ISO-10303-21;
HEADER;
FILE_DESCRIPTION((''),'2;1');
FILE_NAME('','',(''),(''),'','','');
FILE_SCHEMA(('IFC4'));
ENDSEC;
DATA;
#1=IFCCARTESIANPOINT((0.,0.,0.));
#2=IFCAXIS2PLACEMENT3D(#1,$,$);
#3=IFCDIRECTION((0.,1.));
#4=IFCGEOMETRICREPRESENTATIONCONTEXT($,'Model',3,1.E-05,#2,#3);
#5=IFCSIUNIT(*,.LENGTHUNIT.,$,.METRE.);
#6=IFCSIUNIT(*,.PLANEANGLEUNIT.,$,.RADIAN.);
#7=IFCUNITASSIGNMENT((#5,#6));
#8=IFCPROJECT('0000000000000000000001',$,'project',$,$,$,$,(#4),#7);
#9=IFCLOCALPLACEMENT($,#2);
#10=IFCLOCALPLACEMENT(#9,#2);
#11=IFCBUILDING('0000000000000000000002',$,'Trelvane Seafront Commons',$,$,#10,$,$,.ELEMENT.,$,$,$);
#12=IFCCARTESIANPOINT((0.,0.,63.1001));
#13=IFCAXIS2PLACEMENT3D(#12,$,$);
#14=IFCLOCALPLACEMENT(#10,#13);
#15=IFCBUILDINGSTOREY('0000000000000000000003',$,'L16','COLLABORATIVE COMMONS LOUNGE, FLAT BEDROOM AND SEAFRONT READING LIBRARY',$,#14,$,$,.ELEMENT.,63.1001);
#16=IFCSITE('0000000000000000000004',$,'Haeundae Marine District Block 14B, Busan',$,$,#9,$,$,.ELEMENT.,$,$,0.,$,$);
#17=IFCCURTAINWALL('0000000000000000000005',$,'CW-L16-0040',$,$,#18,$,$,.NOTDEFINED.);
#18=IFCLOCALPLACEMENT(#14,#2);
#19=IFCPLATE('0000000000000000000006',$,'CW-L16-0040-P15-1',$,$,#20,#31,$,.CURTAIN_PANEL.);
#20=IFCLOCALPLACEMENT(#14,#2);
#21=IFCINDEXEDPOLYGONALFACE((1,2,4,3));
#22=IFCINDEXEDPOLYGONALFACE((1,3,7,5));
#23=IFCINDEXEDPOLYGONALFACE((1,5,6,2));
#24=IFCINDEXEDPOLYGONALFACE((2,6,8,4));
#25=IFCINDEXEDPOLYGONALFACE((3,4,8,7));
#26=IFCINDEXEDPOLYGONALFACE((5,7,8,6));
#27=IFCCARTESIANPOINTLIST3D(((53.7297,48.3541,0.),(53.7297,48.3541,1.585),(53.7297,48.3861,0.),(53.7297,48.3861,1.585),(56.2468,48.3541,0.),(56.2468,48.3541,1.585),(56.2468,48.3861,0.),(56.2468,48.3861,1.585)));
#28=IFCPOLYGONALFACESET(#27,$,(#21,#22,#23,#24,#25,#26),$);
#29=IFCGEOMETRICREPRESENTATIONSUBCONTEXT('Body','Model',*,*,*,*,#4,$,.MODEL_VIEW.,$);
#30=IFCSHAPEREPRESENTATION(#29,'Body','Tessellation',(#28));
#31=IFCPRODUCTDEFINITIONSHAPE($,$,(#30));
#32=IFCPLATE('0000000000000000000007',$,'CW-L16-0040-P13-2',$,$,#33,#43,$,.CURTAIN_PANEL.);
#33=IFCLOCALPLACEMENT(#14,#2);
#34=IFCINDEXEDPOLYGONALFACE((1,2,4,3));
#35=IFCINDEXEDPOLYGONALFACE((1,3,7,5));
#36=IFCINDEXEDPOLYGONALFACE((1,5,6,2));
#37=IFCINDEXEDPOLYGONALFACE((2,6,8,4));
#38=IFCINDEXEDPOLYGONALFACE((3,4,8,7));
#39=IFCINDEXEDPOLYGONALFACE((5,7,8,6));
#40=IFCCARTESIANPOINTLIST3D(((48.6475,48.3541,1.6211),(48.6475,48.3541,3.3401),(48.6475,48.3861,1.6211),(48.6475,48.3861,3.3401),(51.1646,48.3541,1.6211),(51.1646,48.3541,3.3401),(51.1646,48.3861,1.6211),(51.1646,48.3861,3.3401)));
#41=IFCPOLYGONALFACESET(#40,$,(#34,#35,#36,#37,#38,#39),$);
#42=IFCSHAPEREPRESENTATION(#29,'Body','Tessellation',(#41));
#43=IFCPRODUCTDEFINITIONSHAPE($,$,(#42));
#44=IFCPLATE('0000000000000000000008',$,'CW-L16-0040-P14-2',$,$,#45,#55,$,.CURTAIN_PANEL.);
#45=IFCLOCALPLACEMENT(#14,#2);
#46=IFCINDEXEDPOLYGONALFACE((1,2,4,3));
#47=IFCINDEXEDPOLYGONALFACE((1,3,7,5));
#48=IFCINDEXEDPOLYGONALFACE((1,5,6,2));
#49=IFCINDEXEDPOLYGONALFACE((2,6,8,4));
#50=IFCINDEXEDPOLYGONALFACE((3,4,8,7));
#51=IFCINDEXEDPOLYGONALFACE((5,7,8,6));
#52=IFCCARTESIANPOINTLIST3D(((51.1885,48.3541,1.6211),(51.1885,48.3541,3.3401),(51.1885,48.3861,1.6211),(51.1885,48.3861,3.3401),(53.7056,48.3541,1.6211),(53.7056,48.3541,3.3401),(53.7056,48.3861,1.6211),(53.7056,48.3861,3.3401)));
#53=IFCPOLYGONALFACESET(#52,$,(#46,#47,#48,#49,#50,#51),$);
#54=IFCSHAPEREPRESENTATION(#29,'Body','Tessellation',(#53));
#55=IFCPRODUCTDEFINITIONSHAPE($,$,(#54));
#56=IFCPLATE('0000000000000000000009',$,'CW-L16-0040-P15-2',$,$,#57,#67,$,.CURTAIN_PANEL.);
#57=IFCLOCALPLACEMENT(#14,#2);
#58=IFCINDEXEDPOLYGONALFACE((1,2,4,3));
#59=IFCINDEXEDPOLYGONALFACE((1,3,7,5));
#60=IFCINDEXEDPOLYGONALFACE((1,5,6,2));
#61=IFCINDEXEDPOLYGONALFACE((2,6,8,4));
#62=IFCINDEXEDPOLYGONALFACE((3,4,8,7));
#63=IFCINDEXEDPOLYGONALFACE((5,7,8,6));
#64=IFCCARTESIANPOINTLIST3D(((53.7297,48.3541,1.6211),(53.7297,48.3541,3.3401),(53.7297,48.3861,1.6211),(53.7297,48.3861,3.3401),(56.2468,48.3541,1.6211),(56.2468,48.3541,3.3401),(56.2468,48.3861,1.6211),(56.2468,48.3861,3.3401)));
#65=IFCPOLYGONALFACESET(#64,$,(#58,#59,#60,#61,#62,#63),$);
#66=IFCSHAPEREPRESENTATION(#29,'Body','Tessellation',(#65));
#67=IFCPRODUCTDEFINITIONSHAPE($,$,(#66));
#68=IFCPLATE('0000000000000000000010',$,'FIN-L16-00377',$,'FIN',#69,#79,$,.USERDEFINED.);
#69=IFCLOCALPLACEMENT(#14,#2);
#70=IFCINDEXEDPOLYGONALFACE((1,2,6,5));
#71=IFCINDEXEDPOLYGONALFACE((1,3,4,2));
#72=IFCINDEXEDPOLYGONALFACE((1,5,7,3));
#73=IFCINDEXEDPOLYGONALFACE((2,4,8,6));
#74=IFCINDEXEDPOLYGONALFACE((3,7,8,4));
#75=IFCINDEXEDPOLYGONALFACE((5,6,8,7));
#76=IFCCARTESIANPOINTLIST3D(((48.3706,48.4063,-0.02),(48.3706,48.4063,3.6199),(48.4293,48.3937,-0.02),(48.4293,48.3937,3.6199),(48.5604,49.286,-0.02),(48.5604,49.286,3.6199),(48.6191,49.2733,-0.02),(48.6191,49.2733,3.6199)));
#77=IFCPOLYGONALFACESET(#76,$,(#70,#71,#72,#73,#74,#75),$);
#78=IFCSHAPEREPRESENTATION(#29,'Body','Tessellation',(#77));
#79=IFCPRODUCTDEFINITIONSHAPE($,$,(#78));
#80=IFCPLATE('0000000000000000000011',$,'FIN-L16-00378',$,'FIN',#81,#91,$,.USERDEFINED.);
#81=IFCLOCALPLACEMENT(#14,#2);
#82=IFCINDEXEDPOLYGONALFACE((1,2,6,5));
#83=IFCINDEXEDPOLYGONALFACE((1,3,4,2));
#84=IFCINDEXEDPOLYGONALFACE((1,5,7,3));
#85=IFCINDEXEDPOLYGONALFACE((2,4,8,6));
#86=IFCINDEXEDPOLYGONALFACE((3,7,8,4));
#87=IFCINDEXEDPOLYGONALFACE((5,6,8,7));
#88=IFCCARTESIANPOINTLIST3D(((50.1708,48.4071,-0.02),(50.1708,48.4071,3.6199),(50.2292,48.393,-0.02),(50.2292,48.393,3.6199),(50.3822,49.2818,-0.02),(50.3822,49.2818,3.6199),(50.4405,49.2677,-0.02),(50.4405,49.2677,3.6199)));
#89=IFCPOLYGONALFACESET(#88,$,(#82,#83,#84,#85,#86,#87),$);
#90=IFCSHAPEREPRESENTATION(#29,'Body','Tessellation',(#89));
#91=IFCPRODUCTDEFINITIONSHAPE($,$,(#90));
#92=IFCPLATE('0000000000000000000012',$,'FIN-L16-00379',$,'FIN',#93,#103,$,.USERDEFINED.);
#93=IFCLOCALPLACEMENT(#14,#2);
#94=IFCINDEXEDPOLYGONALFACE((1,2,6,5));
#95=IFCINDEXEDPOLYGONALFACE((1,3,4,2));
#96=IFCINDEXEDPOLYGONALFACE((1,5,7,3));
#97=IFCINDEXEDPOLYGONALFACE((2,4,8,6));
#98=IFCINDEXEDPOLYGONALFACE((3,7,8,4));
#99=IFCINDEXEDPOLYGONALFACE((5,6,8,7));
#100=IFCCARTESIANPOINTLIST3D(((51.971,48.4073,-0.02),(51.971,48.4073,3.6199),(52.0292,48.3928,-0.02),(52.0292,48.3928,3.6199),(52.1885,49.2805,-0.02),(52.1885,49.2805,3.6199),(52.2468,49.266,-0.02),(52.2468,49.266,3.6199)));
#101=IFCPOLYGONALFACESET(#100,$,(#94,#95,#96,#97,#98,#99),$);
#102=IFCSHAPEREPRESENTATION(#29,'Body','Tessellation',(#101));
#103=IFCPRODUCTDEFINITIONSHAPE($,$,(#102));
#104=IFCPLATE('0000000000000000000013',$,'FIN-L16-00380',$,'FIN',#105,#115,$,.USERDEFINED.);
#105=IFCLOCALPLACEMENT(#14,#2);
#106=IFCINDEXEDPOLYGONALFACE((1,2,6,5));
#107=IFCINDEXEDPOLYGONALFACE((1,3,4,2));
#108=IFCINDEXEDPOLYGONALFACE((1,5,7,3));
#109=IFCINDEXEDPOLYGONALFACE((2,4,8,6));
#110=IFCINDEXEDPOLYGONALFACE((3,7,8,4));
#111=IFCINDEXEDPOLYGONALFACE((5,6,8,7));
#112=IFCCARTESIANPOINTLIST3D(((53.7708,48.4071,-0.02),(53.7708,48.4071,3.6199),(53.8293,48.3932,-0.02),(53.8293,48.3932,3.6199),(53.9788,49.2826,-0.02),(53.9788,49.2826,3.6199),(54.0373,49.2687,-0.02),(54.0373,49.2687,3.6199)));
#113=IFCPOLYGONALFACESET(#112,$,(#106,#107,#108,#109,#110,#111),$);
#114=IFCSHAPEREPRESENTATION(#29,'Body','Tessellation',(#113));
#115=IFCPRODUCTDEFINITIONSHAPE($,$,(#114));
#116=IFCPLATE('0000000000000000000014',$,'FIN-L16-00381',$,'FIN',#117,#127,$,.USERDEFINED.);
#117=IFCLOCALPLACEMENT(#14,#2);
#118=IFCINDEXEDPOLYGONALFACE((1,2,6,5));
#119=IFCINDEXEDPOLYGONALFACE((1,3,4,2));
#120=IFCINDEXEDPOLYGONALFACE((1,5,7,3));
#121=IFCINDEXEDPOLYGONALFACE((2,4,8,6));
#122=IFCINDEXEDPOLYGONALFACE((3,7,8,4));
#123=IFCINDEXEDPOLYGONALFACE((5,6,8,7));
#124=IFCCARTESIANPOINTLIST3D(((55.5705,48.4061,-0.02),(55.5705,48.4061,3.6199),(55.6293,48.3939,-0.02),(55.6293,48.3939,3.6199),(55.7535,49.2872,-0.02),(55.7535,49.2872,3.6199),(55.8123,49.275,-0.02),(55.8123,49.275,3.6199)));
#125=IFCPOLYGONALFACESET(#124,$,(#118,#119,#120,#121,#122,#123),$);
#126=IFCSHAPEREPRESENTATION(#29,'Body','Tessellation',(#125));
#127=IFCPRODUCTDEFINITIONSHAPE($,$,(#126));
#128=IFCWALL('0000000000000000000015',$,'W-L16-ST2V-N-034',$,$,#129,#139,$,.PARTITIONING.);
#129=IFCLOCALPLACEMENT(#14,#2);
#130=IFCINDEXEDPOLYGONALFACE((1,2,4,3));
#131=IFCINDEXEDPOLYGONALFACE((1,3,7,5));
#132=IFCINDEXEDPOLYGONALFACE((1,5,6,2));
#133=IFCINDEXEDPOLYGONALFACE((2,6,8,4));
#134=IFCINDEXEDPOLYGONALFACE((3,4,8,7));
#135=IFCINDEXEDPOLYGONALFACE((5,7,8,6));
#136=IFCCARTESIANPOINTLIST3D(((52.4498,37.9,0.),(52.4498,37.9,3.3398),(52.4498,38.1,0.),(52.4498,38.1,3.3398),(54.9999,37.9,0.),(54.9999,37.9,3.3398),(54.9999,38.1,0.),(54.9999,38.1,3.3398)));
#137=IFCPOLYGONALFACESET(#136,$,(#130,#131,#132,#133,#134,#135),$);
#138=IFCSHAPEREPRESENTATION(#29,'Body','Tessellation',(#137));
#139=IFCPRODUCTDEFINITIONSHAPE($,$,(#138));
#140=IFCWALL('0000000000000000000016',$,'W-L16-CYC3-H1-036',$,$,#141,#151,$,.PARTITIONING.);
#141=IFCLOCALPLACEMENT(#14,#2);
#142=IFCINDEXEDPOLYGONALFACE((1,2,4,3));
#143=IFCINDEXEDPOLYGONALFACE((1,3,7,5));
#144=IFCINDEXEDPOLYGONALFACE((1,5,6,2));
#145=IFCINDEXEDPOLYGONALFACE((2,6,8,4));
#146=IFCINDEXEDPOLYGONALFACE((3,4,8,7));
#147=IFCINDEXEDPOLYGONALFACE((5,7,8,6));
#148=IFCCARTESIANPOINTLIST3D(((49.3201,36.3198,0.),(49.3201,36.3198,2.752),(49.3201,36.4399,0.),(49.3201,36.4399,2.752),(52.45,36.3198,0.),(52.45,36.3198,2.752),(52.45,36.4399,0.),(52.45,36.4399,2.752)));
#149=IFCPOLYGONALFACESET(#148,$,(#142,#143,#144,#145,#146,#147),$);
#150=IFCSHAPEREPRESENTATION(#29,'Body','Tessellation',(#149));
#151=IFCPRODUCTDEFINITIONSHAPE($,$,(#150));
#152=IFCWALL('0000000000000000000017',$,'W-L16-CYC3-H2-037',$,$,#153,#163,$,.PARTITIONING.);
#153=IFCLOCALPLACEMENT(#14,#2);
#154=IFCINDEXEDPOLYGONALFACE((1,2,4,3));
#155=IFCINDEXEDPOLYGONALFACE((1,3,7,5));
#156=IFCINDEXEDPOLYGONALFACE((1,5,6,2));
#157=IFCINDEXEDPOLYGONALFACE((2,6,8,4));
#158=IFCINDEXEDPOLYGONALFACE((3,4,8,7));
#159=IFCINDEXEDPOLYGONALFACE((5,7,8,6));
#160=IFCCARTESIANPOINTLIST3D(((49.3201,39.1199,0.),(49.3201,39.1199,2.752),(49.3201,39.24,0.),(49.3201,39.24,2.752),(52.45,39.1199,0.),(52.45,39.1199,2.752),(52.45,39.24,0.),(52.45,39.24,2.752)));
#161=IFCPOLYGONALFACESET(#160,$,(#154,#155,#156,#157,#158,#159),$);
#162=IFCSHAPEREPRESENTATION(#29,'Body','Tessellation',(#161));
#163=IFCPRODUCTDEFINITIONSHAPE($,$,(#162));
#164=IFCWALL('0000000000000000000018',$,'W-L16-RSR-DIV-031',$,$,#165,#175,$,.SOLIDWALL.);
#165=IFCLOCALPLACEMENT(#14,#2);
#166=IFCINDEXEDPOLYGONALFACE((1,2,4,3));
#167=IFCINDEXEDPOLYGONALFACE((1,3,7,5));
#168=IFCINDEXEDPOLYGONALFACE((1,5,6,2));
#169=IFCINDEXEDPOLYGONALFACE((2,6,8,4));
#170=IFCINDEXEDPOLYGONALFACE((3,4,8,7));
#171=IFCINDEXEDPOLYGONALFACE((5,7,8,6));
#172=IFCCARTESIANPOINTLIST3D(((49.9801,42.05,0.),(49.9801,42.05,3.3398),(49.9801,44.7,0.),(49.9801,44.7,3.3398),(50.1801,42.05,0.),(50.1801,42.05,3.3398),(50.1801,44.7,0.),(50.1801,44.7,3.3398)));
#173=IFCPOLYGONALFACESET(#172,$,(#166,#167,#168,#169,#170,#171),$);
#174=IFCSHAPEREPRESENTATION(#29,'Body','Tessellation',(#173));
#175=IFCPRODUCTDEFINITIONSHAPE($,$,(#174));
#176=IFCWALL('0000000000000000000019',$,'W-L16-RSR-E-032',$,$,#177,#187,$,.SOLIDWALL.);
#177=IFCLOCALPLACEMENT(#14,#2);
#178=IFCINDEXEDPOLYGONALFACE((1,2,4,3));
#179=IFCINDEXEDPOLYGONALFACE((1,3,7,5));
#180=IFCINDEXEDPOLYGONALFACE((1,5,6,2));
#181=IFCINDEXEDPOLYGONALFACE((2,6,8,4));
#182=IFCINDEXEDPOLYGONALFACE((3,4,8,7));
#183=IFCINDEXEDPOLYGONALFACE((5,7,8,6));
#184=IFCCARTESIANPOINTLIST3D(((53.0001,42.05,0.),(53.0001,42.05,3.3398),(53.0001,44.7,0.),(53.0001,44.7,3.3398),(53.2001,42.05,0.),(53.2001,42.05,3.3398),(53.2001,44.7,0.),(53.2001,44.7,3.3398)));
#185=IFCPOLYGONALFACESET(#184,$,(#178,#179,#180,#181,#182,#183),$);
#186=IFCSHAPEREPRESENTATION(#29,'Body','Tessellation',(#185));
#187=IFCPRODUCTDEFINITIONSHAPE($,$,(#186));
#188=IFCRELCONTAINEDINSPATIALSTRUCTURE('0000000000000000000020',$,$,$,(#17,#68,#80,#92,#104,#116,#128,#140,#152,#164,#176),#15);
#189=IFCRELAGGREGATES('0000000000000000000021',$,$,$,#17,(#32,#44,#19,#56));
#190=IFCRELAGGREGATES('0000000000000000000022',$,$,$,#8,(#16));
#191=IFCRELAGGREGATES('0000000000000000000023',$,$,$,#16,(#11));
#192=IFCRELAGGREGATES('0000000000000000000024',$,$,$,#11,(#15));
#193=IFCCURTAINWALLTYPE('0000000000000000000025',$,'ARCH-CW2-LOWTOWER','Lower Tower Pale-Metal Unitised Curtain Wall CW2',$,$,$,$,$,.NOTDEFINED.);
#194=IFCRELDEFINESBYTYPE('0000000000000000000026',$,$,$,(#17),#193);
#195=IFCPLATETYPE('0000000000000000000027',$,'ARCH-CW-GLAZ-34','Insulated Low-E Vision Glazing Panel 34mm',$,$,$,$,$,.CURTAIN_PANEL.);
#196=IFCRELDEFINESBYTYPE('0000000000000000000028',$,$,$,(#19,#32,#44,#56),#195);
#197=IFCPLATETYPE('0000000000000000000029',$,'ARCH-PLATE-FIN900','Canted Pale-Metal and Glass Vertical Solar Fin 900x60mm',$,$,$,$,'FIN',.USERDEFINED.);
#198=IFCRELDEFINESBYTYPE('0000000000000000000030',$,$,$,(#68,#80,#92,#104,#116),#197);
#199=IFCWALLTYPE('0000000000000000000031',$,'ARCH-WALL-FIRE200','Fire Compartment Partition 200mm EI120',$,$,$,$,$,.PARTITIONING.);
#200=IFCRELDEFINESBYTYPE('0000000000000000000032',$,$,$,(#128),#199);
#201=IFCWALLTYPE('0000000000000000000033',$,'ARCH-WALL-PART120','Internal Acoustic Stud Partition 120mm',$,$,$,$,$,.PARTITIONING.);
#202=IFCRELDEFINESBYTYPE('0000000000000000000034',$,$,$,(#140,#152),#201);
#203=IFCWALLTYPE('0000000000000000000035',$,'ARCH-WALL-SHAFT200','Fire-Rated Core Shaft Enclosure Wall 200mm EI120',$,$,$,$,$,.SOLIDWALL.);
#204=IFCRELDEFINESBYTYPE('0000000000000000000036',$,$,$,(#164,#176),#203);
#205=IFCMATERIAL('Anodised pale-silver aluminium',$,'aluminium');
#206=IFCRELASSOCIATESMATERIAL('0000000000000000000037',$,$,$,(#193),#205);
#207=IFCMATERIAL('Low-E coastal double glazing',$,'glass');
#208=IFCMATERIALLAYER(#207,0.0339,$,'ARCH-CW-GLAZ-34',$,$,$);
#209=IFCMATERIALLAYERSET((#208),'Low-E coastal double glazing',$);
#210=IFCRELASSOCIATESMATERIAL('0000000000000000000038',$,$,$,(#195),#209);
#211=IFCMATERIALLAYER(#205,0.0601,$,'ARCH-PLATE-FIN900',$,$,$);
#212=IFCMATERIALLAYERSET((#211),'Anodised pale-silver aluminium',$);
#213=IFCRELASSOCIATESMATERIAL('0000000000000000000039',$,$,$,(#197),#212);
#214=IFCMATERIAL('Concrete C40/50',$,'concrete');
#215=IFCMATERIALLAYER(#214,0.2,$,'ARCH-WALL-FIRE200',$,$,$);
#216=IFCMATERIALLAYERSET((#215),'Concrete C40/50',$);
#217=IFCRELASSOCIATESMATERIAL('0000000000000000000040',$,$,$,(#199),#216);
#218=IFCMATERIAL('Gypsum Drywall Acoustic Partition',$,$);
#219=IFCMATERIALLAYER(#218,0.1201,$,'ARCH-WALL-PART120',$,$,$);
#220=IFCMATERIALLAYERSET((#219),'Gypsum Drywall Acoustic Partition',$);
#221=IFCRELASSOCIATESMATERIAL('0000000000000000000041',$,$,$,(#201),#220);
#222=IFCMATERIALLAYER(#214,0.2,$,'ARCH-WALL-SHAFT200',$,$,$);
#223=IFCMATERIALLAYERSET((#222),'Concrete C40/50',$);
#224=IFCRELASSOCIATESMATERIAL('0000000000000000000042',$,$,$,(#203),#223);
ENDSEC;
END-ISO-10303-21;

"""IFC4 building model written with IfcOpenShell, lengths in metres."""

from ifc_helpers import new_model, si_unit, direction, frame, frame_2d, origin, origin_2d, place, context, subcontext, project, spatial, rectangle, extrude, source, transform, mapped, material, layer, layer_set, type_object, element, aggregate, save


model = new_model("IFC4")

# Units and contexts
model_context = context("Model", 3, precision=1e-05, world=origin(), true_north=direction((0.0, 1.0)))
body_context = subcontext(model_context, "Body", "Model", "MODEL_VIEW")
ifc_project = project(units=[si_unit("LENGTHUNIT", "METRE"), si_unit("PLANEANGLEUNIT", "RADIAN")], contexts=[model_context])

# Site, building, storey
site_placement = place(None, origin())
site = spatial("IfcSite", under=ifc_project, at=site_placement, Name="Haeundae Marine District Block 14B, Busan", CompositionType="ELEMENT", RefElevation=0.0)
building_placement = place(site_placement, origin())
building = spatial("IfcBuilding", under=site, at=building_placement, Name="Trelvane Seafront Commons", CompositionType="ELEMENT")
storey_placement = place(building_placement, frame((0.0, 0.0, 63.1001)))
storey = spatial("IfcBuildingStorey", under=building, at=storey_placement, Name="L16", Description="COLLABORATIVE COMMONS LOUNGE, FLAT BEDROOM AND SEAFRONT READING LIBRARY", CompositionType="ELEMENT", Elevation=63.1001)

# Curtain wall, plates
ifc_material_1 = material(Name="Anodised pale-silver aluminium", Category="aluminium")
curtain_wall_type = type_object("IfcCurtainWallType", Name="ARCH-CW2-LOWTOWER", Description="Lower Tower Pale-Metal Unitised Curtain Wall CW2", PredefinedType="NOTDEFINED", material=ifc_material_1)
curtain_wall_placement = place(storey_placement, origin())
curtain_wall = element("IfcCurtainWall", 1, at=curtain_wall_placement, inside=storey, type_object=curtain_wall_type, Name="CW-L16-0040", PredefinedType="NOTDEFINED")
ifc_material_2 = material(Name="Low-E coastal double glazing", Category="glass")
ifc_layer_1 = layer(ifc_material_2, 0.0339, Name="ARCH-CW-GLAZ-34")
ifc_layer_set_1 = layer_set([ifc_layer_1], Name="Low-E coastal double glazing")
plate_type_1 = type_object("IfcPlateType", Name="ARCH-CW-GLAZ-34", Description="Insulated Low-E Vision Glazing Panel 34mm", PredefinedType="CURTAIN_PANEL", material=ifc_layer_set_1)
shared_shape_1 = source(origin(), body_context, "Body", "SweptSolid", [
    extrude(rectangle(XDim=2.5171, YDim=0.032, at=origin_2d()), origin(), (0.0, 0.0, 1.0), 1.585),
])
plate_1_placement = place(storey_placement, frame((54.9883, 48.3701, 0.0), z_axis=(0.0, 0.0, 1.0), x_axis=(1.0, 0.0, 0.0)))
plate_1 = element("IfcPlate", 2, at=plate_1_placement, type_object=plate_type_1, Name="CW-L16-0040-P15-1", PredefinedType="CURTAIN_PANEL", context=body_context, shape_type="MappedRepresentation", body=[
    mapped(shared_shape_1, transform((0.0, 0.0, 0.0), x_axis=(1.0, 0.0, 0.0), y_axis=(0.0, 1.0, 0.0), z_axis=(0.0, 0.0, 1.0), scale=1.0)),
])
shared_shape_2 = source(origin(), body_context, "Body", "SweptSolid", [
    extrude(rectangle(XDim=2.5171, YDim=0.032, at=origin_2d()), origin(), (0.0, 0.0, 1.0), 1.719),
])
plate_2_placement = place(storey_placement, frame((49.906, 48.3701, 1.6211), z_axis=(0.0, 0.0, 1.0), x_axis=(1.0, 0.0, 0.0)))
plate_2 = element("IfcPlate", 3, at=plate_2_placement, type_object=plate_type_1, Name="CW-L16-0040-P13-2", PredefinedType="CURTAIN_PANEL", context=body_context, shape_type="MappedRepresentation", body=[
    mapped(shared_shape_2, transform((0.0, 0.0, 0.0), x_axis=(1.0, 0.0, 0.0), y_axis=(0.0, 1.0, 0.0), z_axis=(0.0, 0.0, 1.0), scale=1.0)),
])
plate_3_placement = place(storey_placement, frame((52.447, 48.3701, 1.6211), z_axis=(0.0, 0.0, 1.0), x_axis=(1.0, 0.0, 0.0)))
plate_3 = element("IfcPlate", 4, at=plate_3_placement, type_object=plate_type_1, Name="CW-L16-0040-P14-2", PredefinedType="CURTAIN_PANEL", context=body_context, shape_type="MappedRepresentation", body=[
    mapped(shared_shape_2, transform((0.0, 0.0, 0.0), x_axis=(1.0, 0.0, 0.0), y_axis=(0.0, 1.0, 0.0), z_axis=(0.0, 0.0, 1.0), scale=1.0)),
])
plate_4_placement = place(storey_placement, frame((54.9883, 48.3701, 1.6211), z_axis=(0.0, 0.0, 1.0), x_axis=(1.0, 0.0, 0.0)))
plate_4 = element("IfcPlate", 5, at=plate_4_placement, type_object=plate_type_1, Name="CW-L16-0040-P15-2", PredefinedType="CURTAIN_PANEL", context=body_context, shape_type="MappedRepresentation", body=[
    mapped(shared_shape_2, transform((0.0, 0.0, 0.0), x_axis=(1.0, 0.0, 0.0), y_axis=(0.0, 1.0, 0.0), z_axis=(0.0, 0.0, 1.0), scale=1.0)),
])
aggregate(curtain_wall, [plate_2, plate_3, plate_1, plate_4])

# Plates
ifc_layer_2 = layer(ifc_material_1, 0.0601, Name="ARCH-PLATE-FIN900")
ifc_layer_set_2 = layer_set([ifc_layer_2], Name="Anodised pale-silver aluminium")
plate_type_2 = type_object("IfcPlateType", Name="ARCH-PLATE-FIN900", Description="Canted Pale-Metal and Glass Vertical Solar Fin 900x60mm", ElementType="FIN", PredefinedType="USERDEFINED", material=ifc_layer_set_2)
shared_shape_3 = source(origin(), body_context, "Body", "SweptSolid", [
    extrude(rectangle(XDim=0.8999, YDim=0.0601, at=origin_2d()), origin(), (0.0, 0.0, 1.0), 3.6399),
])
for number, where, z_axis, x_axis, name in (
    (6, (48.4949, 48.8398, -0.02), (0.0, 0.0, 1.0), (0.21088, 0.977512, 0.0), "FIN-L16-00377"),
    (7, (50.3057, 48.8374, -0.02), (0.0, 0.0, 1.0), (0.234894, 0.972021, 0.0), "FIN-L16-00378"),
    (8, (52.1089, 48.8367, -0.02), (0.0, 0.0, 1.0), (0.241778, 0.970332, 0.0), "FIN-L16-00379"),
    (9, (53.9041, 48.8379, -0.02), (0.0, 0.0, 1.0), (0.23112, 0.972925, 0.0), "FIN-L16-00380"),
    (10, (55.6914, 48.8406, -0.02), (0.0, 0.0, 1.0), (0.20344, 0.979087, 0.0), "FIN-L16-00381"),
):
    element("IfcPlate", number, at=place(storey_placement, frame(where, z_axis=z_axis, x_axis=x_axis)), inside=storey, type_object=plate_type_2, Name=name, ObjectType="FIN", PredefinedType="USERDEFINED", context=body_context, shape_type="MappedRepresentation", body=[
        mapped(shared_shape_3, transform((0.0, 0.0, 0.0), x_axis=(1.0, 0.0, 0.0), y_axis=(0.0, 1.0, 0.0), z_axis=(0.0, 0.0, 1.0), scale=1.0)),
    ])

# Walls
ifc_material_3 = material(Name="Concrete C40/50", Category="concrete")
ifc_layer_3 = layer(ifc_material_3, 0.2, Name="ARCH-WALL-FIRE200")
ifc_layer_set_3 = layer_set([ifc_layer_3], Name="Concrete C40/50")
wall_type_1 = type_object("IfcWallType", Name="ARCH-WALL-FIRE200", Description="Fire Compartment Partition 200mm EI120", PredefinedType="PARTITIONING", material=ifc_layer_set_3)
wall_placement = place(storey_placement, frame((52.45, 38.0, 0.0), z_axis=(0.0, 0.0, 1.0), x_axis=(1.0, 0.0, 0.0)))
element("IfcWall", 11, at=wall_placement, inside=storey, type_object=wall_type_1, Name="W-L16-ST2V-N-034", PredefinedType="PARTITIONING", context=body_context, shape_type="SweptSolid", body=[
    extrude(rectangle(XDim=2.55, YDim=0.2, at=frame_2d((1.2749, 0.0))), origin(), (0.0, 0.0, 1.0), 3.3398),
])
ifc_material_4 = material(Name="Gypsum Drywall Acoustic Partition")
ifc_layer_4 = layer(ifc_material_4, 0.1201, Name="ARCH-WALL-PART120")
ifc_layer_set_4 = layer_set([ifc_layer_4], Name="Gypsum Drywall Acoustic Partition")
wall_type_2 = type_object("IfcWallType", Name="ARCH-WALL-PART120", Description="Internal Acoustic Stud Partition 120mm", PredefinedType="PARTITIONING", material=ifc_layer_set_4)
for number, where, z_axis, x_axis, name in (
    (12, (49.3201, 36.3799, 0.0), (0.0, 0.0, 1.0), (1.0, 0.0, 0.0), "W-L16-CYC3-H1-036"),
    (13, (49.3201, 39.1799, 0.0), (0.0, 0.0, 1.0), (1.0, 0.0, 0.0), "W-L16-CYC3-H2-037"),
):
    element("IfcWall", number, at=place(storey_placement, frame(where, z_axis=z_axis, x_axis=x_axis)), inside=storey, type_object=wall_type_2, Name=name, PredefinedType="PARTITIONING", context=body_context, shape_type="SweptSolid", body=[
        extrude(rectangle(XDim=3.1299, YDim=0.1201, at=frame_2d((1.5649, 0.0))), origin(), (0.0, 0.0, 1.0), 2.752),
    ])
ifc_layer_5 = layer(ifc_material_3, 0.2, Name="ARCH-WALL-SHAFT200")
ifc_layer_set_5 = layer_set([ifc_layer_5], Name="Concrete C40/50")
wall_type_3 = type_object("IfcWallType", Name="ARCH-WALL-SHAFT200", Description="Fire-Rated Core Shaft Enclosure Wall 200mm EI120", PredefinedType="SOLIDWALL", material=ifc_layer_set_5)
for number, where, z_axis, x_axis, name in (
    (14, (50.0801, 42.05, 0.0), (0.0, 0.0, 1.0), (0.0, 1.0, 0.0), "W-L16-RSR-DIV-031"),
    (15, (53.1001, 42.05, 0.0), (0.0, 0.0, 1.0), (0.0, 1.0, 0.0), "W-L16-RSR-E-032"),
):
    element("IfcWall", number, at=place(storey_placement, frame(where, z_axis=z_axis, x_axis=x_axis)), inside=storey, type_object=wall_type_3, Name=name, PredefinedType="SOLIDWALL", context=body_context, shape_type="SweptSolid", body=[
        extrude(rectangle(XDim=2.6499, YDim=0.2, at=frame_2d((1.325, 0.0))), origin(), (0.0, 0.0, 1.0), 3.3398),
    ])

save(model, "model.ifc")
